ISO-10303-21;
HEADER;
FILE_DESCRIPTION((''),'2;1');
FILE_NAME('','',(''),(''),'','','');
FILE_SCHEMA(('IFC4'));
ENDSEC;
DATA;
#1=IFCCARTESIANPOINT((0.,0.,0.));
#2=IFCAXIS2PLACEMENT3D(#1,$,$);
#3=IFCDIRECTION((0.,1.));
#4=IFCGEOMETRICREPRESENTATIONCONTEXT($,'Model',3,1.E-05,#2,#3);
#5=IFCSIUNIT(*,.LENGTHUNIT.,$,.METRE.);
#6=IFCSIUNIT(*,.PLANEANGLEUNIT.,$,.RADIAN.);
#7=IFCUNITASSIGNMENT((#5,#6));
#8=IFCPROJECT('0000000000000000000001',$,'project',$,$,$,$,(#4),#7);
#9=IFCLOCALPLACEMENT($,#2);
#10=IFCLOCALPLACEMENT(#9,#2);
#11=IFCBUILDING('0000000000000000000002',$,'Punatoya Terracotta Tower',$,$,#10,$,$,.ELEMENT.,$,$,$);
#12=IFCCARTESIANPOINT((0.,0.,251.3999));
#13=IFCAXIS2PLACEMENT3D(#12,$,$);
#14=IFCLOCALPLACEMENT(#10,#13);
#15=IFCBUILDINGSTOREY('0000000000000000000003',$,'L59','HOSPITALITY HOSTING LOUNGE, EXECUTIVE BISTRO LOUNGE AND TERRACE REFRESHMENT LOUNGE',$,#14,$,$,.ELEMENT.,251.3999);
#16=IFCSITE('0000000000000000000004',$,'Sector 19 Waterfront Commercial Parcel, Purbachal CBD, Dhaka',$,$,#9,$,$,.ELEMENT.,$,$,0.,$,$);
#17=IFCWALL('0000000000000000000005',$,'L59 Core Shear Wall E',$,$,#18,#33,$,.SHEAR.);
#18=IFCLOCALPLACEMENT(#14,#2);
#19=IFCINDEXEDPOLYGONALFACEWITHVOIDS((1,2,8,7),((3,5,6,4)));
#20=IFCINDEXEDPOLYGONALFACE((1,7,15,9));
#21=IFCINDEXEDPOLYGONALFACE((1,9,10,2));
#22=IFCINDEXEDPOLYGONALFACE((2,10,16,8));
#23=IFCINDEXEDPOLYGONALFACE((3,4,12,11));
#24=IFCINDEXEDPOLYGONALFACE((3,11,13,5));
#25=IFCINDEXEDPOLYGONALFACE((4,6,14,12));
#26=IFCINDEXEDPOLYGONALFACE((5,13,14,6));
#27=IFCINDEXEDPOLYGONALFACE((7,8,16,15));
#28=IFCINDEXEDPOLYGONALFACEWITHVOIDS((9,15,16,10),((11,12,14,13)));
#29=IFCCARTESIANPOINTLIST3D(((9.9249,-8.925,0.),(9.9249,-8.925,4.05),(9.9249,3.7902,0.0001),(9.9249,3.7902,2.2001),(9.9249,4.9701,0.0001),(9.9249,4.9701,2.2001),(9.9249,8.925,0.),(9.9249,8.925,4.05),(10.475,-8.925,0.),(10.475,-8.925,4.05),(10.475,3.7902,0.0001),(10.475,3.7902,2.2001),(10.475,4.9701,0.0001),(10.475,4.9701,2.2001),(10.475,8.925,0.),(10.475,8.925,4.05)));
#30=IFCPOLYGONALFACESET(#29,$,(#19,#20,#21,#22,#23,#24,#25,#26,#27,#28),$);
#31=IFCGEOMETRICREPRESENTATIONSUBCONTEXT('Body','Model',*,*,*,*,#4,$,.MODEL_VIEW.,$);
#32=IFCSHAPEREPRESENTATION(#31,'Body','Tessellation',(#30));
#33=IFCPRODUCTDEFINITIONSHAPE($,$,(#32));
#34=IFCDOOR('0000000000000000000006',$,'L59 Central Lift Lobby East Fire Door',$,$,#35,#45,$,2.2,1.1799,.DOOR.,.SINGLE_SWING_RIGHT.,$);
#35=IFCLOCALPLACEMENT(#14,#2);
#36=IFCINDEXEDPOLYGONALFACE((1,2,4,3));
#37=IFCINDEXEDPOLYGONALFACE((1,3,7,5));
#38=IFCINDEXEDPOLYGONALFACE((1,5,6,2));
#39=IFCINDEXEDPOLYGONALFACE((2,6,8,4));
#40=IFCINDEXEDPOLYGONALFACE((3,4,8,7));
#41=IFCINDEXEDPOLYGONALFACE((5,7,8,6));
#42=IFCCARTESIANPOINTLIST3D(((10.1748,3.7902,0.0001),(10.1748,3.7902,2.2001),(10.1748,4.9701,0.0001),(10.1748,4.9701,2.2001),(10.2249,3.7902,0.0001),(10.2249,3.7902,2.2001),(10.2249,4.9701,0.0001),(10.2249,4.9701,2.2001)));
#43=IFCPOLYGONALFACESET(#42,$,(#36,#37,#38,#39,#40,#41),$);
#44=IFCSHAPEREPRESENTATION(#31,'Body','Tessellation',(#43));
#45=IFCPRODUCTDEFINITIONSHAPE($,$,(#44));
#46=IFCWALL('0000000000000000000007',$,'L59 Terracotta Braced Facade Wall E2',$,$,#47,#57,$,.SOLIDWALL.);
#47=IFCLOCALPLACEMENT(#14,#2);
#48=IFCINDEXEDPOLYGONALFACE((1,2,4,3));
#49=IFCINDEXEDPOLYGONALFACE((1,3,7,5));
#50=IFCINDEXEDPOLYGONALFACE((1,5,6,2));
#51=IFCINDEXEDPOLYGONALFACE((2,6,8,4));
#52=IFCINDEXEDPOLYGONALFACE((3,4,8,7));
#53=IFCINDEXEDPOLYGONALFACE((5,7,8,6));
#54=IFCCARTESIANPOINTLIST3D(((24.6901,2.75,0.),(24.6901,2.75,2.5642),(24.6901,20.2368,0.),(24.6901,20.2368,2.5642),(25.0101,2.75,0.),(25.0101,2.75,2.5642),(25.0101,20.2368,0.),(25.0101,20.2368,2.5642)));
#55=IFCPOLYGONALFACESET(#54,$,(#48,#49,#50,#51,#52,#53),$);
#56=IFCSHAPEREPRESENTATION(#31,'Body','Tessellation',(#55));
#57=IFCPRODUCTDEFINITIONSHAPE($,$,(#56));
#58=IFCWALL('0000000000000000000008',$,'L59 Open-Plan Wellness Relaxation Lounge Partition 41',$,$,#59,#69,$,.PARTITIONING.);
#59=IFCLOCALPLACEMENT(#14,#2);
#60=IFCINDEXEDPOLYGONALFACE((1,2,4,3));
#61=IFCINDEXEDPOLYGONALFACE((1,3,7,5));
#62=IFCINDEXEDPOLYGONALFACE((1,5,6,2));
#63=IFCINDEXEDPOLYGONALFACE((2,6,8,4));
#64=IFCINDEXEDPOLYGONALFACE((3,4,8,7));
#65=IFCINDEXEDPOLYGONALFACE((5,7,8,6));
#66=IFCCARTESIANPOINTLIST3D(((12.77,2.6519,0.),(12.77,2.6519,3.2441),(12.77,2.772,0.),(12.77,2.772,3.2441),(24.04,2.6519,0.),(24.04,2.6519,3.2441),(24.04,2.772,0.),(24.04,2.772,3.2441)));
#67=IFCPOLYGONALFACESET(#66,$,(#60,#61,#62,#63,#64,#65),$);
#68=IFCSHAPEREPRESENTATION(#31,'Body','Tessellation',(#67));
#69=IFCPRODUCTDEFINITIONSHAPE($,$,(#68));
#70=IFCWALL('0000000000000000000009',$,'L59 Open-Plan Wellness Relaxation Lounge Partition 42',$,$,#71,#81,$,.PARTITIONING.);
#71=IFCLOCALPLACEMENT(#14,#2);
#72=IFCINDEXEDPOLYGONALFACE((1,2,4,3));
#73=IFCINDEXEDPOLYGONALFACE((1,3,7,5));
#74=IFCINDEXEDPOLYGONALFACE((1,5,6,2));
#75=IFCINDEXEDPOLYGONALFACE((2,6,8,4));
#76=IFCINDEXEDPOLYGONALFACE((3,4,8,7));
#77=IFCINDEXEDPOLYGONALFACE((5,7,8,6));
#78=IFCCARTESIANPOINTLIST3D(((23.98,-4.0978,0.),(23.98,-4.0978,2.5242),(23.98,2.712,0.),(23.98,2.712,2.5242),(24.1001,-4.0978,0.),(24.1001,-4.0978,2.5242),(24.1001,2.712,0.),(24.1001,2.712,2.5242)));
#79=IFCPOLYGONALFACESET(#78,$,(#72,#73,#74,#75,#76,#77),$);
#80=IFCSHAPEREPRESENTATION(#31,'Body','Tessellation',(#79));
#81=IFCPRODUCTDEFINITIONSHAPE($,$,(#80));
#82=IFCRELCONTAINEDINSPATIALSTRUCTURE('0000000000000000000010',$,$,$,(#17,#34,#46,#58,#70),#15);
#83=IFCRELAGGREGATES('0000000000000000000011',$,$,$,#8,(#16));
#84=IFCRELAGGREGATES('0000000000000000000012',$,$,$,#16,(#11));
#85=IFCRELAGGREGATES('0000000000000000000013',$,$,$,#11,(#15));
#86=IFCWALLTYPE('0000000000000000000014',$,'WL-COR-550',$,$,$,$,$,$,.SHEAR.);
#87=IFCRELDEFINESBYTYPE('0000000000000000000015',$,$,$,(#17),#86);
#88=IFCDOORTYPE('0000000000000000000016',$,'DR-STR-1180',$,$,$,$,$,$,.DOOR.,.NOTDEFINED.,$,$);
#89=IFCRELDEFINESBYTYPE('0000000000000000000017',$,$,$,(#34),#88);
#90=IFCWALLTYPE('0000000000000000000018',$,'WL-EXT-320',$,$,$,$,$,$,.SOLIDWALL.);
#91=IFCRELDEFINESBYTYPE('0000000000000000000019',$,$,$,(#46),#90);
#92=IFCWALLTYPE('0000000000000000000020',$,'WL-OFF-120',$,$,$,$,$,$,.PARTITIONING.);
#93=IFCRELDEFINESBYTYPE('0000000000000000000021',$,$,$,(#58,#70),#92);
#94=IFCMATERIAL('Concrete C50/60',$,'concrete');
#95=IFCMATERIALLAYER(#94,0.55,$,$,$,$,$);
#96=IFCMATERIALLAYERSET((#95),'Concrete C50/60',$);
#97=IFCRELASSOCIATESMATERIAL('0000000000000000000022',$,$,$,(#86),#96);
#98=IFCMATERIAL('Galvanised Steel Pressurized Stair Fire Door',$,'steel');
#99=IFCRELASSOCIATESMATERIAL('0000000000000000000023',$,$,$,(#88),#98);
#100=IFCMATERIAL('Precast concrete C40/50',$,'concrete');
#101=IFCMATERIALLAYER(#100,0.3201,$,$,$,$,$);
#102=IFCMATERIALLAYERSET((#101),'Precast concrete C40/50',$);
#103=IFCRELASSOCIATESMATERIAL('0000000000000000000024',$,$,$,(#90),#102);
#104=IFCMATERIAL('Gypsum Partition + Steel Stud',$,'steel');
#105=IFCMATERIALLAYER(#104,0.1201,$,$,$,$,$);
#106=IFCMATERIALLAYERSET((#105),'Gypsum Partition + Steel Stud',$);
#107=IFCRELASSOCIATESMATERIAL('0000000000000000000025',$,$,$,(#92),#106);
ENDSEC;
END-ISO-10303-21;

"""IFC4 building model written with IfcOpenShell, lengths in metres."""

from ifc_helpers import new_model, si_unit, direction, frame, frame_2d, origin, place, context, subcontext, project, spatial, rectangle, extrude, material, layer, layer_set, type_object, element, fill, save


model = new_model("IFC4")

# Units and contexts
model_context = context("Model", 3, precision=1e-05, world=origin(), true_north=direction((0.0, 1.0)))
body_context = subcontext(model_context, "Body", "Model", "MODEL_VIEW")
ifc_project = project(units=[si_unit("LENGTHUNIT", "METRE"), si_unit("PLANEANGLEUNIT", "RADIAN")], contexts=[model_context])

# Site, building, storey
site_placement = place(None, origin())
site = spatial("IfcSite", under=ifc_project, at=site_placement, Name="Sector 19 Waterfront Commercial Parcel, Purbachal CBD, Dhaka", CompositionType="ELEMENT", RefElevation=0.0)
building_placement = place(site_placement, origin())
building = spatial("IfcBuilding", under=site, at=building_placement, Name="Punatoya Terracotta Tower", CompositionType="ELEMENT")
storey_placement = place(building_placement, frame((0.0, 0.0, 251.3999)))
storey = spatial("IfcBuildingStorey", under=building, at=storey_placement, Name="L59", Description="HOSPITALITY HOSTING LOUNGE, EXECUTIVE BISTRO LOUNGE AND TERRACE REFRESHMENT LOUNGE", CompositionType="ELEMENT", Elevation=251.3999)

# Wall, opening, door
ifc_material_1 = material(Name="Concrete C50/60", Category="concrete")
ifc_layer_1 = layer(ifc_material_1, 0.55)
ifc_layer_set_1 = layer_set([ifc_layer_1], Name="Concrete C50/60")
wall_type_1 = type_object("IfcWallType", Name="WL-COR-550", PredefinedType="SHEAR", material=ifc_layer_set_1)
wall_1_placement = place(storey_placement, frame((10.2, 8.925, 0.0), z_axis=(0.0, 0.0, 1.0), x_axis=(0.0, -1.0, 0.0)))
wall_1 = element("IfcWall", 1, at=wall_1_placement, inside=storey, type_object=wall_type_1, Name="L59 Core Shear Wall E", PredefinedType="SHEAR", context=body_context, shape_type="SweptSolid", body=[
    extrude(rectangle(XDim=17.8501, YDim=0.55, at=frame_2d((8.925, 0.0))), origin(), (0.0, 0.0, 1.0), 4.05),
])
opening_1_placement = place(wall_1_placement, frame((3.9551, 0.0, 0.0)))
opening_1 = element("IfcOpeningElement", 2, at=opening_1_placement, cuts=wall_1, PredefinedType="OPENING", context=body_context, shape_type="SweptSolid", body=[
    extrude(rectangle(XDim=1.1799, YDim=2.2, at=frame_2d((0.5898, 1.1001))), frame((0.0, 0.2849, 0.0), z_axis=(0.0, -1.0, 0.0), x_axis=(1.0, 0.0, 0.0)), (0.0, 0.0, 1.0), 0.5701),
])
ifc_material_2 = material(Name="Galvanised Steel Pressurized Stair Fire Door", Category="steel")
door_type_1 = type_object("IfcDoorType", Name="DR-STR-1180", OperationType="NOTDEFINED", PredefinedType="DOOR", material=ifc_material_2)
door_1_placement = place(opening_1_placement, origin())
door_1 = element("IfcDoor", 3, at=door_1_placement, inside=storey, type_object=door_type_1, Name="L59 Central Lift Lobby East Fire Door", OperationType="SINGLE_SWING_RIGHT", OverallHeight=2.2, OverallWidth=1.1799, PredefinedType="DOOR", context=body_context, shape_type="SweptSolid", body=[
    extrude(rectangle(XDim=1.1799, YDim=2.2, at=frame_2d((0.5898, 1.1001))), frame((0.0, 0.0249, 0.0), z_axis=(0.0, -1.0, 0.0), x_axis=(1.0, 0.0, 0.0)), (0.0, 0.0, 1.0), 0.05),
])
fill(opening_1, door_1)

# Walls
ifc_material_3 = material(Name="Precast concrete C40/50", Category="concrete")
ifc_layer_2 = layer(ifc_material_3, 0.3201)
ifc_layer_set_2 = layer_set([ifc_layer_2], Name="Precast concrete C40/50")
wall_type_2 = type_object("IfcWallType", Name="WL-EXT-320", PredefinedType="SOLIDWALL", material=ifc_layer_set_2)
wall_2_placement = place(storey_placement, frame((24.8501, 2.75, 0.0), z_axis=(0.0, 0.0, 1.0), x_axis=(0.0, 1.0, 0.0)))
element("IfcWall", 4, at=wall_2_placement, inside=storey, type_object=wall_type_2, Name="L59 Terracotta Braced Facade Wall E2", PredefinedType="SOLIDWALL", context=body_context, shape_type="SweptSolid", body=[
    extrude(rectangle(XDim=17.4868, YDim=0.3201, at=frame_2d((8.7434, 0.0))), origin(), (0.0, 0.0, 1.0), 2.5642),
])
ifc_material_4 = material(Name="Gypsum Partition + Steel Stud", Category="steel")
ifc_layer_3 = layer(ifc_material_4, 0.1201)
ifc_layer_set_3 = layer_set([ifc_layer_3], Name="Gypsum Partition + Steel Stud")
wall_type_3 = type_object("IfcWallType", Name="WL-OFF-120", PredefinedType="PARTITIONING", material=ifc_layer_set_3)
wall_3_placement = place(storey_placement, frame((12.77, 2.7119, 0.0), z_axis=(0.0, 0.0, 1.0), x_axis=(1.0, 0.0, 0.0)))
element("IfcWall", 5, at=wall_3_placement, inside=storey, type_object=wall_type_3, Name="L59 Open-Plan Wellness Relaxation Lounge Partition 41", PredefinedType="PARTITIONING", context=body_context, shape_type="SweptSolid", body=[
    extrude(rectangle(XDim=11.27, YDim=0.1201, at=frame_2d((5.635, 0.0))), origin(), (0.0, 0.0, 1.0), 3.2441),
])
wall_4_placement = place(storey_placement, frame((24.04, 2.7119, 0.0), z_axis=(0.0, 0.0, 1.0), x_axis=(0.0, -1.0, 0.0)))
element("IfcWall", 6, at=wall_4_placement, inside=storey, type_object=wall_type_3, Name="L59 Open-Plan Wellness Relaxation Lounge Partition 42", PredefinedType="PARTITIONING", context=body_context, shape_type="SweptSolid", body=[
    extrude(rectangle(XDim=6.8098, YDim=0.1201, at=frame_2d((3.4048, 0.0))), origin(), (0.0, 0.0, 1.0), 2.5242),
])

save(model, "model.ifc")
